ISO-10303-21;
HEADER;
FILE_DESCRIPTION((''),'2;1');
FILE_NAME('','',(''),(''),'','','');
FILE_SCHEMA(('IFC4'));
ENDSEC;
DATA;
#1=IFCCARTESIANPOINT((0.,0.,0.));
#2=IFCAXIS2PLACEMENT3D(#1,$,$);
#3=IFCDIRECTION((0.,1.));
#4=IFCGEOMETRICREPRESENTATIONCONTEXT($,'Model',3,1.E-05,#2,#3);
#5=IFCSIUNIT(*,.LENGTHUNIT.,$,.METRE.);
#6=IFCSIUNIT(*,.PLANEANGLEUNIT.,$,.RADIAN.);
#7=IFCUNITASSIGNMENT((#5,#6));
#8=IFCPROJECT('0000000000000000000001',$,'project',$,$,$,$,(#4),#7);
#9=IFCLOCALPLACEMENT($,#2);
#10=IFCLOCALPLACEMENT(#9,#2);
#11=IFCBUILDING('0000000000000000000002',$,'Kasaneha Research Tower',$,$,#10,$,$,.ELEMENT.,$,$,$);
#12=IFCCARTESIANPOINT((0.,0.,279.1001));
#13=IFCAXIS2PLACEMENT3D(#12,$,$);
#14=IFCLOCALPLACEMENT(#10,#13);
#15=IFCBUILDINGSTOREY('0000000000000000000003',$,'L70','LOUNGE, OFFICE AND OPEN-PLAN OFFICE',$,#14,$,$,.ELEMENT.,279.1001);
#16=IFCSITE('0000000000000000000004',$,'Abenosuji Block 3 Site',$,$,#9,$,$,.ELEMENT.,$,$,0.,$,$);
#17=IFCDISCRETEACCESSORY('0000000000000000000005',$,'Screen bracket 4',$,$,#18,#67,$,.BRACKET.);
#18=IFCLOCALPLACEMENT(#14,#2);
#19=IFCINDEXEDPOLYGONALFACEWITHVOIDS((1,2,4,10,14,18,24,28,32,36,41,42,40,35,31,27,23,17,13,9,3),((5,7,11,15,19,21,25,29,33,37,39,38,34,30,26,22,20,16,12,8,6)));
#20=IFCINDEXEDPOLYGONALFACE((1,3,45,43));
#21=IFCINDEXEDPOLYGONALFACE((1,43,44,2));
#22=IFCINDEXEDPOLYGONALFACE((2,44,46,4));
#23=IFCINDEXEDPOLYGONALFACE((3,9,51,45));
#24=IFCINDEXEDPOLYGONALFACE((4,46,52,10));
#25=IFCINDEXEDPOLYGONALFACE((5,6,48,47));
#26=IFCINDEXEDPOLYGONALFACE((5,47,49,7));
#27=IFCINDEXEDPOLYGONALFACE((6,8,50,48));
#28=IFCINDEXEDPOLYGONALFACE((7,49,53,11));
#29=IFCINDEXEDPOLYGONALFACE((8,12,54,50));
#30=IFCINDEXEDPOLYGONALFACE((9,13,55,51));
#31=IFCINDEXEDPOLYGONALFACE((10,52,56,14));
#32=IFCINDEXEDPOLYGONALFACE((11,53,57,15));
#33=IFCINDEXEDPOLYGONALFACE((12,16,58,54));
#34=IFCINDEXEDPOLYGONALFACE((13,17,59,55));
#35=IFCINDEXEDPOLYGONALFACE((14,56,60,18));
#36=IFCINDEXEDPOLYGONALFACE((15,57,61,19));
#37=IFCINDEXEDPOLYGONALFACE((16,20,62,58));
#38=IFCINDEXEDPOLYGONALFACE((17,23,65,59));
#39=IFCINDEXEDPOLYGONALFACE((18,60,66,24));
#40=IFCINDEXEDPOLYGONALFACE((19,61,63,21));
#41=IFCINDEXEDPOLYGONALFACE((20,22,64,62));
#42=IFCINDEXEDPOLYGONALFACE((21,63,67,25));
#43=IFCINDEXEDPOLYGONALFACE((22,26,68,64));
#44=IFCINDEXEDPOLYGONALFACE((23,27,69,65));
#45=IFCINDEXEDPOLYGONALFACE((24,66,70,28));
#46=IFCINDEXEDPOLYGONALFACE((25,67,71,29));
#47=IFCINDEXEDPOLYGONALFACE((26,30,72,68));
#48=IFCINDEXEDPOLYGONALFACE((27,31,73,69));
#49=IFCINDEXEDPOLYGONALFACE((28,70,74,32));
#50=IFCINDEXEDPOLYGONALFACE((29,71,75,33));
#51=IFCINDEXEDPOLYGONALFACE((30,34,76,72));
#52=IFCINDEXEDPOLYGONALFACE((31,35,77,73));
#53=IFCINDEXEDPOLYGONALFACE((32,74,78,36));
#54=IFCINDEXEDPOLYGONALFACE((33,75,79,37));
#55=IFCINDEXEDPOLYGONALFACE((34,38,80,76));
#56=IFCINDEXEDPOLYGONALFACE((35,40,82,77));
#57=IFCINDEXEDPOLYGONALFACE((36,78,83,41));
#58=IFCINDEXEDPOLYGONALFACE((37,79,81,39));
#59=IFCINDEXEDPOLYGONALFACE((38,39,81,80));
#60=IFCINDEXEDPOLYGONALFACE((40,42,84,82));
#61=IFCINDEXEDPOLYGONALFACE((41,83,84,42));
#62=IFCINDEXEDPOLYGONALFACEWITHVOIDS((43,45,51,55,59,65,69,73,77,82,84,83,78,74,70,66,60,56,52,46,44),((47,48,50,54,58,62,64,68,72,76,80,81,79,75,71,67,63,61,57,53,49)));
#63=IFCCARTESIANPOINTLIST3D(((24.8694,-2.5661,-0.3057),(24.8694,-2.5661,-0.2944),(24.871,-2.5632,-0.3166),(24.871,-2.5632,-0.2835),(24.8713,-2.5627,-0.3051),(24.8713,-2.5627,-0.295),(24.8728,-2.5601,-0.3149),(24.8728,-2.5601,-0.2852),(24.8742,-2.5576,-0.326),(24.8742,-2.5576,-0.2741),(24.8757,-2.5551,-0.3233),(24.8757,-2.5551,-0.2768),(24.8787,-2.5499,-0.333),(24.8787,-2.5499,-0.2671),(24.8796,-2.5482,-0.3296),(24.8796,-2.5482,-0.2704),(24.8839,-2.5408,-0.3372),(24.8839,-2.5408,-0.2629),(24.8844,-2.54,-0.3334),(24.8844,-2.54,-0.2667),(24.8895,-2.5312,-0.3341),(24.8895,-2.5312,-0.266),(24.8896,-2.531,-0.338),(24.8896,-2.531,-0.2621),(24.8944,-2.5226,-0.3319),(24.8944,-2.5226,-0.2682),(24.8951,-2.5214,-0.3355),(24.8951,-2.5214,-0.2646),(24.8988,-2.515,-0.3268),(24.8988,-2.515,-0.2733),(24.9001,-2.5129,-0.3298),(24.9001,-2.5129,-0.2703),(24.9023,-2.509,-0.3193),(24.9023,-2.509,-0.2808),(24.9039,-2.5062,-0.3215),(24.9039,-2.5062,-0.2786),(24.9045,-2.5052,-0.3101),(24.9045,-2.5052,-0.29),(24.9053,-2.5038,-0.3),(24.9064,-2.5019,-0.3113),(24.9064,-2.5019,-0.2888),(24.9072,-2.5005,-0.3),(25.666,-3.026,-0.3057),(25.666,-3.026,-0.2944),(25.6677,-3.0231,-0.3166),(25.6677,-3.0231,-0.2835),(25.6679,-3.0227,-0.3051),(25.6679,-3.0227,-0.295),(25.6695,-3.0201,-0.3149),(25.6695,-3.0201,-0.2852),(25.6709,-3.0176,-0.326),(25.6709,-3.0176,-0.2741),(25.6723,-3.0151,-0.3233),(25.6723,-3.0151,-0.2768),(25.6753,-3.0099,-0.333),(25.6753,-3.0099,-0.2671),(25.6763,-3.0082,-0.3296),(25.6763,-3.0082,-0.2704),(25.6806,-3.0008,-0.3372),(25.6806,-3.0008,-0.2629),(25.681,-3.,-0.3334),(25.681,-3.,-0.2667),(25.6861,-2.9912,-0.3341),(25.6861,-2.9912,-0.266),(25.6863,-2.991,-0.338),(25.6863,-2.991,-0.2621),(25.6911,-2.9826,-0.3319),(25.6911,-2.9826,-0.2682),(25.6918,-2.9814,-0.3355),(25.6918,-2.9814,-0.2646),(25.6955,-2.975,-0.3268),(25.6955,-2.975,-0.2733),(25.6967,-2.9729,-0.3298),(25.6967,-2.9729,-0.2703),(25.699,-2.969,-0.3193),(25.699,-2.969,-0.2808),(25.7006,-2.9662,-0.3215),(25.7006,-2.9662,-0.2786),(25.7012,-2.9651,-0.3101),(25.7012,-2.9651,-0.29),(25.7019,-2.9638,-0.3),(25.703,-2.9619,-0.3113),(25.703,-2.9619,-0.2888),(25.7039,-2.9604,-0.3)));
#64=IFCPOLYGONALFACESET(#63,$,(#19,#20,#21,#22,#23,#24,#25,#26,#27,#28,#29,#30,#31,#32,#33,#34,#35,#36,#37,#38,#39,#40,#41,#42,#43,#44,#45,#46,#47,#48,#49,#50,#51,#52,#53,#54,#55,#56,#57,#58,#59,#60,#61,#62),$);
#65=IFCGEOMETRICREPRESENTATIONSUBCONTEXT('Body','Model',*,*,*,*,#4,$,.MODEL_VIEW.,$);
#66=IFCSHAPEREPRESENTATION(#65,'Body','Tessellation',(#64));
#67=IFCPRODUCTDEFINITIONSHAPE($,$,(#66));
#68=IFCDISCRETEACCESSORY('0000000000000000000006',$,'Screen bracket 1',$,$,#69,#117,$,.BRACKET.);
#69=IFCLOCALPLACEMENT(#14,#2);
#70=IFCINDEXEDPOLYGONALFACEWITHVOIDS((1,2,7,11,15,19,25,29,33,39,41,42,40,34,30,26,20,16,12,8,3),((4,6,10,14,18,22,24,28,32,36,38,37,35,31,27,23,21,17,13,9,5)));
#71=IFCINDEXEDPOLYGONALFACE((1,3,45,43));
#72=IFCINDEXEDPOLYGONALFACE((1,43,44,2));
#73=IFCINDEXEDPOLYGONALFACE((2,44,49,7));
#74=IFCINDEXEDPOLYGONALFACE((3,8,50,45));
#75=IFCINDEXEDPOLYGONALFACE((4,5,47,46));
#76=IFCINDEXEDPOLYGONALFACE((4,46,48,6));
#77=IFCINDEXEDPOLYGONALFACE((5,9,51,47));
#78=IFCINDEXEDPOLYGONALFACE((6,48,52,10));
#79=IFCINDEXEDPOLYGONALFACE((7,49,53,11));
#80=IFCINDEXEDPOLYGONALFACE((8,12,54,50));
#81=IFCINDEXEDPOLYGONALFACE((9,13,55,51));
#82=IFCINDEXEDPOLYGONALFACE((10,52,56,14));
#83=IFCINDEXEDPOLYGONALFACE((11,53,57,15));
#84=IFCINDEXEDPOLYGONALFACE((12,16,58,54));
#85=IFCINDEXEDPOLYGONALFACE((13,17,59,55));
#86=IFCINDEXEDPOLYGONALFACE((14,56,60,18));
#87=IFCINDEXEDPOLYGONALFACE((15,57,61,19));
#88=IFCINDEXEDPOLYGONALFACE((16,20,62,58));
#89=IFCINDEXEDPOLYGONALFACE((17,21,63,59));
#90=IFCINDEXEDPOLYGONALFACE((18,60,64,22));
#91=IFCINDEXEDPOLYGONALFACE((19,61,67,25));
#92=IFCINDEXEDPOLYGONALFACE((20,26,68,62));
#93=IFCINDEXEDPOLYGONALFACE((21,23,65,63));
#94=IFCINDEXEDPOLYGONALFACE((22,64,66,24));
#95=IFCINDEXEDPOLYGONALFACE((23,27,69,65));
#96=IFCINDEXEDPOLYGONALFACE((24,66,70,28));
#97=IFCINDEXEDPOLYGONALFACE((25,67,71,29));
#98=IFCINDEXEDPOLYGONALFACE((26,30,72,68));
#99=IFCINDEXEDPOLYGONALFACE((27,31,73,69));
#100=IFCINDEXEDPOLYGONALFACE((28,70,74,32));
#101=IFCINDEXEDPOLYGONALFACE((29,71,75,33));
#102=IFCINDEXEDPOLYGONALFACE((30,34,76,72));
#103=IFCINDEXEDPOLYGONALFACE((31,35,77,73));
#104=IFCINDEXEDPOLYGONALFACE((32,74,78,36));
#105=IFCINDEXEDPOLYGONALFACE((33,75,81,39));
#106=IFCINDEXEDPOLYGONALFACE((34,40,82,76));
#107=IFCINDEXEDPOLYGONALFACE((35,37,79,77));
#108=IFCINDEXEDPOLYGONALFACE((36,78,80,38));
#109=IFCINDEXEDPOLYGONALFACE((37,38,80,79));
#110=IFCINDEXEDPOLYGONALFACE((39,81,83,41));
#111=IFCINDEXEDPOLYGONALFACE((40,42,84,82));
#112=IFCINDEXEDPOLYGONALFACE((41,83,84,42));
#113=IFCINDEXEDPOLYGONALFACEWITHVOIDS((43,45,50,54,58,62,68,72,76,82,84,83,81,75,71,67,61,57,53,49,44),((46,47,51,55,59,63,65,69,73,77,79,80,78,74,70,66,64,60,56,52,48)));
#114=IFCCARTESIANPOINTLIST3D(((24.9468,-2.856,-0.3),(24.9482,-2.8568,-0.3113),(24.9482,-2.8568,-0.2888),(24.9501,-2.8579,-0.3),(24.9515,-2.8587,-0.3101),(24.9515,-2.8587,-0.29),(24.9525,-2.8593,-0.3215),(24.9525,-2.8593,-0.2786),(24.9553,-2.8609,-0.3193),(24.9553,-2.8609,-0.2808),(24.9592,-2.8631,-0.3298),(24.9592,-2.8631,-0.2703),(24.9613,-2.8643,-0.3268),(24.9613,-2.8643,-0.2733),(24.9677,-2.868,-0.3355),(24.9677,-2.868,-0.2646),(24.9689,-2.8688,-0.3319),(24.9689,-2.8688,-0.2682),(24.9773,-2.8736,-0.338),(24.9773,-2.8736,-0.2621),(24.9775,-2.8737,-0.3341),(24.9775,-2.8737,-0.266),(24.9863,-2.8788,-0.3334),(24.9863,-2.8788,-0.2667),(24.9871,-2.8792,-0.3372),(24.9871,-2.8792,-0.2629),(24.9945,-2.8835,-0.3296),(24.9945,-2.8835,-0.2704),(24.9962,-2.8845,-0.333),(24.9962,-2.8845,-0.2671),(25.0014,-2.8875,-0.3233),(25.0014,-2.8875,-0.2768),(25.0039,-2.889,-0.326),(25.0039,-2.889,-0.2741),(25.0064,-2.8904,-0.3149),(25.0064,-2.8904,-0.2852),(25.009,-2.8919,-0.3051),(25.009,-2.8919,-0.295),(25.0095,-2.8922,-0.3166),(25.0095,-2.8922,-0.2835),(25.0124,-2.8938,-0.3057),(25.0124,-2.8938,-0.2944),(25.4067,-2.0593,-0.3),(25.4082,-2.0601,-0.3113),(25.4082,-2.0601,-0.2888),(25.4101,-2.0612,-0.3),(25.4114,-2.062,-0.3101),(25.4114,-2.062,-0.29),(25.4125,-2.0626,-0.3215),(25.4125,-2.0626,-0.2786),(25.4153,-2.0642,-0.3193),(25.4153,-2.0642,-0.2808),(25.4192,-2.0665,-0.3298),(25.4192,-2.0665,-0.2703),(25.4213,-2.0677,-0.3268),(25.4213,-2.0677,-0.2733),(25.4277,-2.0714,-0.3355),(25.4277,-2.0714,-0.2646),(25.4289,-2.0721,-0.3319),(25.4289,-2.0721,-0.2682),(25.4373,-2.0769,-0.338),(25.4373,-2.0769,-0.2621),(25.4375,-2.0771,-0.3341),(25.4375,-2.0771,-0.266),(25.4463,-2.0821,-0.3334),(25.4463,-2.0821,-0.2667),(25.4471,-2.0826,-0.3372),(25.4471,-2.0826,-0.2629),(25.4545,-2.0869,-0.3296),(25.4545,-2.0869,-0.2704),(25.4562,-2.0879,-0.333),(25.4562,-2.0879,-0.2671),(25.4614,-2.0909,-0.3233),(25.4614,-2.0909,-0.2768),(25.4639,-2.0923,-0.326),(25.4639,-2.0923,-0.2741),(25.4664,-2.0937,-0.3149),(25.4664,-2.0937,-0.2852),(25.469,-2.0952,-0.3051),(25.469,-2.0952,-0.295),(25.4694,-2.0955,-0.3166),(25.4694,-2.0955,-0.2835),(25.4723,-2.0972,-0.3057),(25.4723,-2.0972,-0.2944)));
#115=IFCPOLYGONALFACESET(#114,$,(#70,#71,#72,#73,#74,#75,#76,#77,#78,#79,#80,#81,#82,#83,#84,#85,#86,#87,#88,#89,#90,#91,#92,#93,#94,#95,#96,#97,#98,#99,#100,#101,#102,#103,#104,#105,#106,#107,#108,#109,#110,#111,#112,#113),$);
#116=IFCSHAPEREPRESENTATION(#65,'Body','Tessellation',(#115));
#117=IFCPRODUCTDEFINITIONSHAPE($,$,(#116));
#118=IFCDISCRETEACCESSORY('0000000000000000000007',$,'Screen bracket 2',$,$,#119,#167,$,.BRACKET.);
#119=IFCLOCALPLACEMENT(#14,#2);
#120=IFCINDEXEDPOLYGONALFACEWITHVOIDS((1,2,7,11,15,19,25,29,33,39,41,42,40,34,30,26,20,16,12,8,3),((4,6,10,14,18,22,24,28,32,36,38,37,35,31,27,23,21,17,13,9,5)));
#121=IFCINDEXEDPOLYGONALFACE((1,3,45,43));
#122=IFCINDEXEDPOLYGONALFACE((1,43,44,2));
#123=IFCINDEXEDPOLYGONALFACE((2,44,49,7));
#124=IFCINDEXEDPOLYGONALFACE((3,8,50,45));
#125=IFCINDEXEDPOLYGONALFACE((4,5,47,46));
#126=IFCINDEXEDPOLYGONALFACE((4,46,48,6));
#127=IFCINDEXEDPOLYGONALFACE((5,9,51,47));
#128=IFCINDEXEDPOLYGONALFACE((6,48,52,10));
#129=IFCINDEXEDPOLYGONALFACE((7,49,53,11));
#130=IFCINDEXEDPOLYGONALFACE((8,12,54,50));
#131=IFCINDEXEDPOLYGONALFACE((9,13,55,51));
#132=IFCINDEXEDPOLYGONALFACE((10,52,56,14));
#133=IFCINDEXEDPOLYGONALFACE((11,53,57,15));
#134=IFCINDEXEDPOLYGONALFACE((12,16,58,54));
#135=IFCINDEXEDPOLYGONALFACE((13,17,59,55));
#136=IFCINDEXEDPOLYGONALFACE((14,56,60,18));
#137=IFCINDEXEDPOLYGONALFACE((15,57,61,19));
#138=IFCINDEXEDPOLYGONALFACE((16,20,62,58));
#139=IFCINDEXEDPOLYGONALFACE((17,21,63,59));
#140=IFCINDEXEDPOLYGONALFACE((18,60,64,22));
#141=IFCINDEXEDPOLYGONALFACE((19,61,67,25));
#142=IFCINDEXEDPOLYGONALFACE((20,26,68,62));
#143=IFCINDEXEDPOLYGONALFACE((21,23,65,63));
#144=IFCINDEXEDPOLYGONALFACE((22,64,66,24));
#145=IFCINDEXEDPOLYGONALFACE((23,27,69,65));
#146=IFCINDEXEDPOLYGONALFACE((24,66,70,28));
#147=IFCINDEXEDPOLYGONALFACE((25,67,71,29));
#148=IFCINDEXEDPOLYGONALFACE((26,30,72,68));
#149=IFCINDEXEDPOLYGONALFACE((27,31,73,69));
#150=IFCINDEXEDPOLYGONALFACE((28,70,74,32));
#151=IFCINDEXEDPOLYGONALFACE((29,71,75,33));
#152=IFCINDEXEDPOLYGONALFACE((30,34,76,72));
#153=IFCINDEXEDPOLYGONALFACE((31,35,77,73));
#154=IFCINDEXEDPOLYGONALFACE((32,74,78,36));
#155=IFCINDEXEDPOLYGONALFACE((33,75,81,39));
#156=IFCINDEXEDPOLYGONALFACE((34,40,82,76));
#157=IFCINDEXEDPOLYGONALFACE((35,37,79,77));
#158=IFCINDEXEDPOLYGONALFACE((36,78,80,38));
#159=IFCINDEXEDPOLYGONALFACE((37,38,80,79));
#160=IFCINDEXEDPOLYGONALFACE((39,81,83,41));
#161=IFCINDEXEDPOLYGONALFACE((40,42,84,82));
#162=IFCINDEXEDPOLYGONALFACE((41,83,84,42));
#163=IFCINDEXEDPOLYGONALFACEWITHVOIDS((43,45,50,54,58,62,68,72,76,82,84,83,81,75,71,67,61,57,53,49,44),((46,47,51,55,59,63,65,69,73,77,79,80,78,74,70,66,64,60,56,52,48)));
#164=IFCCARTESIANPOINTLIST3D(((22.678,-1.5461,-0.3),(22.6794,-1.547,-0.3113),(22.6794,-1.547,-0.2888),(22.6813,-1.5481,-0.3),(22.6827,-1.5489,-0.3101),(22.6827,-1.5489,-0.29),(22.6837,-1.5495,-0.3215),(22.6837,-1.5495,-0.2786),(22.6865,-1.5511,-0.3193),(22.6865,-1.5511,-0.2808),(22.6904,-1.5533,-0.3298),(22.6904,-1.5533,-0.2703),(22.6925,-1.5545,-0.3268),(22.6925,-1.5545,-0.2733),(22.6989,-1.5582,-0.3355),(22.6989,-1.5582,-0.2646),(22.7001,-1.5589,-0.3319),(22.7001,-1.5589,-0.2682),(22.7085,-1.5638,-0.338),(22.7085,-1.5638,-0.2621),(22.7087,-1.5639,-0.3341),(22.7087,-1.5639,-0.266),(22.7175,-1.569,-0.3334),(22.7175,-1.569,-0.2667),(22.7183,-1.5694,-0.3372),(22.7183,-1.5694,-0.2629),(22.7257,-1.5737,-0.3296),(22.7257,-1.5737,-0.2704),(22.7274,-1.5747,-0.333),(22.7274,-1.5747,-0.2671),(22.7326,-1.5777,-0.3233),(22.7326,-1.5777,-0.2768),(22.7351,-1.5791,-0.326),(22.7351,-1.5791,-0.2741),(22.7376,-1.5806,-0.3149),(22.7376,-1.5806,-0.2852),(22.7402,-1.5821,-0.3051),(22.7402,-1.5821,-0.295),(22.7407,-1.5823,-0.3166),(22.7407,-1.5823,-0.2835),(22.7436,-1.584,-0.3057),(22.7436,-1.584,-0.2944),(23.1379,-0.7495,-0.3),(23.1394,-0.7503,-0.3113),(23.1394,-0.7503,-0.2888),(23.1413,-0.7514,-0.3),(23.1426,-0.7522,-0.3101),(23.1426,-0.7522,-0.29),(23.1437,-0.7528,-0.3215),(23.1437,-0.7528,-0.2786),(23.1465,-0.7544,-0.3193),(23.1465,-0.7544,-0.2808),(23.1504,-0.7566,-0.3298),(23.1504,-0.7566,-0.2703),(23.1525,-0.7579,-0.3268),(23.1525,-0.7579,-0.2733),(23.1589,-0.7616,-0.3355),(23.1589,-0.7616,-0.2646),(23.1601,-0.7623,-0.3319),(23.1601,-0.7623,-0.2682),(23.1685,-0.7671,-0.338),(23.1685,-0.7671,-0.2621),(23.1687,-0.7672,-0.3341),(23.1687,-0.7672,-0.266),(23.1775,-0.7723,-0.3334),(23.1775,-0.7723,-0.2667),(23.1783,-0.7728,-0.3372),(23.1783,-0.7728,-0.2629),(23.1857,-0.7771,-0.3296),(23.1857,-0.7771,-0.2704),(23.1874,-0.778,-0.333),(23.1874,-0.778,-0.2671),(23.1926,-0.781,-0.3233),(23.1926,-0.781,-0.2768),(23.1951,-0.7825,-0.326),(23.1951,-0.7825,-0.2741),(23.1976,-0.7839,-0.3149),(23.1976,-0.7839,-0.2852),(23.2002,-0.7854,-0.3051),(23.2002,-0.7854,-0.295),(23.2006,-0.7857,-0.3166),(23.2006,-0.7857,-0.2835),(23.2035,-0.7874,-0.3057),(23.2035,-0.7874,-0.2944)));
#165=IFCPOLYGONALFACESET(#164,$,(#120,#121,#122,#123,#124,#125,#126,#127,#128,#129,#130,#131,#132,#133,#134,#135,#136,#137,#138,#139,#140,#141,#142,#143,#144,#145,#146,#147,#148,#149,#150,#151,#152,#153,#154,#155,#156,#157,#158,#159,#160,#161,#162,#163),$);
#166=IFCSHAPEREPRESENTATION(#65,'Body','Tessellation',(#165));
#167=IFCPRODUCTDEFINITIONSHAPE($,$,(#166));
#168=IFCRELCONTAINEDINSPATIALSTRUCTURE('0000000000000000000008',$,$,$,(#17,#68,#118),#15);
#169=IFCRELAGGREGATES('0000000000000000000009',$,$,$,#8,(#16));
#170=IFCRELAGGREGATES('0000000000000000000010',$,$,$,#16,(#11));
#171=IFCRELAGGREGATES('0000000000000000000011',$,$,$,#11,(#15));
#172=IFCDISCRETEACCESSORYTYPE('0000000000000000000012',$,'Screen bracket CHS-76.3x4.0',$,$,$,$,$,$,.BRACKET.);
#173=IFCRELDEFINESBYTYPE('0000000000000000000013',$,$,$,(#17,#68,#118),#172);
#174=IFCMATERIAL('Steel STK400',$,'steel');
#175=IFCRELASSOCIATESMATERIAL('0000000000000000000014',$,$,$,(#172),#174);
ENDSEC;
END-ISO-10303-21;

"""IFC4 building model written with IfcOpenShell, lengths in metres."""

from ifc_helpers import new_model, si_unit, direction, frame, origin, origin_2d, place, context, subcontext, project, spatial, hollow_circle, extrude, material, material_profile, profile_set, type_object, element, save


model = new_model("IFC4")

# Units and contexts
model_context = context("Model", 3, precision=1e-05, world=origin(), true_north=direction((0.0, 1.0)))
body_context = subcontext(model_context, "Body", "Model", "MODEL_VIEW")
ifc_project = project(units=[si_unit("LENGTHUNIT", "METRE"), si_unit("PLANEANGLEUNIT", "RADIAN")], contexts=[model_context])

# Site, building, storey
site_placement = place(None, origin())
site = spatial("IfcSite", under=ifc_project, at=site_placement, Name="Abenosuji Block 3 Site", CompositionType="ELEMENT", RefElevation=0.0)
building_placement = place(site_placement, origin())
building = spatial("IfcBuilding", under=site, at=building_placement, Name="Kasaneha Research Tower", CompositionType="ELEMENT")
storey_placement = place(building_placement, frame((0.0, 0.0, 279.1001)))
storey = spatial("IfcBuildingStorey", under=building, at=storey_placement, Name="L70", Description="LOUNGE, OFFICE AND OPEN-PLAN OFFICE", CompositionType="ELEMENT", Elevation=279.1001)

# Discrete accessories
ifc_material_1 = material(Name="Steel STK400", Category="steel")
ifc_material_profile_1 = material_profile(ifc_material_1, hollow_circle(Radius=0.0381, WallThickness=0.0039, at=origin_2d()), Name="CHS-76.3x4.0")
ifc_profile_set_1 = profile_set([ifc_material_profile_1], Name="Steel STK400")
discrete_accessory_type = type_object("IfcDiscreteAccessoryType", Name="Screen bracket CHS-76.3x4.0", PredefinedType="BRACKET", material=ifc_profile_set_1)
for number, where, z_axis, x_axis, name in (
    (1, (24.8882, -2.5334, -0.3), (0.866013, -0.500021, 0.0), (0.500021, 0.866013, 0.0), "Screen bracket 4"),
    (2, (24.9797, -2.875, -0.3), (0.500021, 0.866013, 0.0), (-0.866013, 0.500021, 0.0), "Screen bracket 1"),
    (3, (22.7109, -1.5652, -0.3), (0.500021, 0.866013, 0.0), (-0.866013, 0.500021, 0.0), "Screen bracket 2"),
):
    element("IfcDiscreteAccessory", number, at=place(storey_placement, frame(where, z_axis=z_axis, x_axis=x_axis)), inside=storey, type_object=discrete_accessory_type, Name=name, PredefinedType="BRACKET", context=body_context, shape_type="SweptSolid", body=[
        extrude(hollow_circle(Radius=0.0381, WallThickness=0.0039, at=origin_2d()), origin(), (0.0, 0.0, 1.0), 0.9199),
    ])

save(model, "model.ifc")
